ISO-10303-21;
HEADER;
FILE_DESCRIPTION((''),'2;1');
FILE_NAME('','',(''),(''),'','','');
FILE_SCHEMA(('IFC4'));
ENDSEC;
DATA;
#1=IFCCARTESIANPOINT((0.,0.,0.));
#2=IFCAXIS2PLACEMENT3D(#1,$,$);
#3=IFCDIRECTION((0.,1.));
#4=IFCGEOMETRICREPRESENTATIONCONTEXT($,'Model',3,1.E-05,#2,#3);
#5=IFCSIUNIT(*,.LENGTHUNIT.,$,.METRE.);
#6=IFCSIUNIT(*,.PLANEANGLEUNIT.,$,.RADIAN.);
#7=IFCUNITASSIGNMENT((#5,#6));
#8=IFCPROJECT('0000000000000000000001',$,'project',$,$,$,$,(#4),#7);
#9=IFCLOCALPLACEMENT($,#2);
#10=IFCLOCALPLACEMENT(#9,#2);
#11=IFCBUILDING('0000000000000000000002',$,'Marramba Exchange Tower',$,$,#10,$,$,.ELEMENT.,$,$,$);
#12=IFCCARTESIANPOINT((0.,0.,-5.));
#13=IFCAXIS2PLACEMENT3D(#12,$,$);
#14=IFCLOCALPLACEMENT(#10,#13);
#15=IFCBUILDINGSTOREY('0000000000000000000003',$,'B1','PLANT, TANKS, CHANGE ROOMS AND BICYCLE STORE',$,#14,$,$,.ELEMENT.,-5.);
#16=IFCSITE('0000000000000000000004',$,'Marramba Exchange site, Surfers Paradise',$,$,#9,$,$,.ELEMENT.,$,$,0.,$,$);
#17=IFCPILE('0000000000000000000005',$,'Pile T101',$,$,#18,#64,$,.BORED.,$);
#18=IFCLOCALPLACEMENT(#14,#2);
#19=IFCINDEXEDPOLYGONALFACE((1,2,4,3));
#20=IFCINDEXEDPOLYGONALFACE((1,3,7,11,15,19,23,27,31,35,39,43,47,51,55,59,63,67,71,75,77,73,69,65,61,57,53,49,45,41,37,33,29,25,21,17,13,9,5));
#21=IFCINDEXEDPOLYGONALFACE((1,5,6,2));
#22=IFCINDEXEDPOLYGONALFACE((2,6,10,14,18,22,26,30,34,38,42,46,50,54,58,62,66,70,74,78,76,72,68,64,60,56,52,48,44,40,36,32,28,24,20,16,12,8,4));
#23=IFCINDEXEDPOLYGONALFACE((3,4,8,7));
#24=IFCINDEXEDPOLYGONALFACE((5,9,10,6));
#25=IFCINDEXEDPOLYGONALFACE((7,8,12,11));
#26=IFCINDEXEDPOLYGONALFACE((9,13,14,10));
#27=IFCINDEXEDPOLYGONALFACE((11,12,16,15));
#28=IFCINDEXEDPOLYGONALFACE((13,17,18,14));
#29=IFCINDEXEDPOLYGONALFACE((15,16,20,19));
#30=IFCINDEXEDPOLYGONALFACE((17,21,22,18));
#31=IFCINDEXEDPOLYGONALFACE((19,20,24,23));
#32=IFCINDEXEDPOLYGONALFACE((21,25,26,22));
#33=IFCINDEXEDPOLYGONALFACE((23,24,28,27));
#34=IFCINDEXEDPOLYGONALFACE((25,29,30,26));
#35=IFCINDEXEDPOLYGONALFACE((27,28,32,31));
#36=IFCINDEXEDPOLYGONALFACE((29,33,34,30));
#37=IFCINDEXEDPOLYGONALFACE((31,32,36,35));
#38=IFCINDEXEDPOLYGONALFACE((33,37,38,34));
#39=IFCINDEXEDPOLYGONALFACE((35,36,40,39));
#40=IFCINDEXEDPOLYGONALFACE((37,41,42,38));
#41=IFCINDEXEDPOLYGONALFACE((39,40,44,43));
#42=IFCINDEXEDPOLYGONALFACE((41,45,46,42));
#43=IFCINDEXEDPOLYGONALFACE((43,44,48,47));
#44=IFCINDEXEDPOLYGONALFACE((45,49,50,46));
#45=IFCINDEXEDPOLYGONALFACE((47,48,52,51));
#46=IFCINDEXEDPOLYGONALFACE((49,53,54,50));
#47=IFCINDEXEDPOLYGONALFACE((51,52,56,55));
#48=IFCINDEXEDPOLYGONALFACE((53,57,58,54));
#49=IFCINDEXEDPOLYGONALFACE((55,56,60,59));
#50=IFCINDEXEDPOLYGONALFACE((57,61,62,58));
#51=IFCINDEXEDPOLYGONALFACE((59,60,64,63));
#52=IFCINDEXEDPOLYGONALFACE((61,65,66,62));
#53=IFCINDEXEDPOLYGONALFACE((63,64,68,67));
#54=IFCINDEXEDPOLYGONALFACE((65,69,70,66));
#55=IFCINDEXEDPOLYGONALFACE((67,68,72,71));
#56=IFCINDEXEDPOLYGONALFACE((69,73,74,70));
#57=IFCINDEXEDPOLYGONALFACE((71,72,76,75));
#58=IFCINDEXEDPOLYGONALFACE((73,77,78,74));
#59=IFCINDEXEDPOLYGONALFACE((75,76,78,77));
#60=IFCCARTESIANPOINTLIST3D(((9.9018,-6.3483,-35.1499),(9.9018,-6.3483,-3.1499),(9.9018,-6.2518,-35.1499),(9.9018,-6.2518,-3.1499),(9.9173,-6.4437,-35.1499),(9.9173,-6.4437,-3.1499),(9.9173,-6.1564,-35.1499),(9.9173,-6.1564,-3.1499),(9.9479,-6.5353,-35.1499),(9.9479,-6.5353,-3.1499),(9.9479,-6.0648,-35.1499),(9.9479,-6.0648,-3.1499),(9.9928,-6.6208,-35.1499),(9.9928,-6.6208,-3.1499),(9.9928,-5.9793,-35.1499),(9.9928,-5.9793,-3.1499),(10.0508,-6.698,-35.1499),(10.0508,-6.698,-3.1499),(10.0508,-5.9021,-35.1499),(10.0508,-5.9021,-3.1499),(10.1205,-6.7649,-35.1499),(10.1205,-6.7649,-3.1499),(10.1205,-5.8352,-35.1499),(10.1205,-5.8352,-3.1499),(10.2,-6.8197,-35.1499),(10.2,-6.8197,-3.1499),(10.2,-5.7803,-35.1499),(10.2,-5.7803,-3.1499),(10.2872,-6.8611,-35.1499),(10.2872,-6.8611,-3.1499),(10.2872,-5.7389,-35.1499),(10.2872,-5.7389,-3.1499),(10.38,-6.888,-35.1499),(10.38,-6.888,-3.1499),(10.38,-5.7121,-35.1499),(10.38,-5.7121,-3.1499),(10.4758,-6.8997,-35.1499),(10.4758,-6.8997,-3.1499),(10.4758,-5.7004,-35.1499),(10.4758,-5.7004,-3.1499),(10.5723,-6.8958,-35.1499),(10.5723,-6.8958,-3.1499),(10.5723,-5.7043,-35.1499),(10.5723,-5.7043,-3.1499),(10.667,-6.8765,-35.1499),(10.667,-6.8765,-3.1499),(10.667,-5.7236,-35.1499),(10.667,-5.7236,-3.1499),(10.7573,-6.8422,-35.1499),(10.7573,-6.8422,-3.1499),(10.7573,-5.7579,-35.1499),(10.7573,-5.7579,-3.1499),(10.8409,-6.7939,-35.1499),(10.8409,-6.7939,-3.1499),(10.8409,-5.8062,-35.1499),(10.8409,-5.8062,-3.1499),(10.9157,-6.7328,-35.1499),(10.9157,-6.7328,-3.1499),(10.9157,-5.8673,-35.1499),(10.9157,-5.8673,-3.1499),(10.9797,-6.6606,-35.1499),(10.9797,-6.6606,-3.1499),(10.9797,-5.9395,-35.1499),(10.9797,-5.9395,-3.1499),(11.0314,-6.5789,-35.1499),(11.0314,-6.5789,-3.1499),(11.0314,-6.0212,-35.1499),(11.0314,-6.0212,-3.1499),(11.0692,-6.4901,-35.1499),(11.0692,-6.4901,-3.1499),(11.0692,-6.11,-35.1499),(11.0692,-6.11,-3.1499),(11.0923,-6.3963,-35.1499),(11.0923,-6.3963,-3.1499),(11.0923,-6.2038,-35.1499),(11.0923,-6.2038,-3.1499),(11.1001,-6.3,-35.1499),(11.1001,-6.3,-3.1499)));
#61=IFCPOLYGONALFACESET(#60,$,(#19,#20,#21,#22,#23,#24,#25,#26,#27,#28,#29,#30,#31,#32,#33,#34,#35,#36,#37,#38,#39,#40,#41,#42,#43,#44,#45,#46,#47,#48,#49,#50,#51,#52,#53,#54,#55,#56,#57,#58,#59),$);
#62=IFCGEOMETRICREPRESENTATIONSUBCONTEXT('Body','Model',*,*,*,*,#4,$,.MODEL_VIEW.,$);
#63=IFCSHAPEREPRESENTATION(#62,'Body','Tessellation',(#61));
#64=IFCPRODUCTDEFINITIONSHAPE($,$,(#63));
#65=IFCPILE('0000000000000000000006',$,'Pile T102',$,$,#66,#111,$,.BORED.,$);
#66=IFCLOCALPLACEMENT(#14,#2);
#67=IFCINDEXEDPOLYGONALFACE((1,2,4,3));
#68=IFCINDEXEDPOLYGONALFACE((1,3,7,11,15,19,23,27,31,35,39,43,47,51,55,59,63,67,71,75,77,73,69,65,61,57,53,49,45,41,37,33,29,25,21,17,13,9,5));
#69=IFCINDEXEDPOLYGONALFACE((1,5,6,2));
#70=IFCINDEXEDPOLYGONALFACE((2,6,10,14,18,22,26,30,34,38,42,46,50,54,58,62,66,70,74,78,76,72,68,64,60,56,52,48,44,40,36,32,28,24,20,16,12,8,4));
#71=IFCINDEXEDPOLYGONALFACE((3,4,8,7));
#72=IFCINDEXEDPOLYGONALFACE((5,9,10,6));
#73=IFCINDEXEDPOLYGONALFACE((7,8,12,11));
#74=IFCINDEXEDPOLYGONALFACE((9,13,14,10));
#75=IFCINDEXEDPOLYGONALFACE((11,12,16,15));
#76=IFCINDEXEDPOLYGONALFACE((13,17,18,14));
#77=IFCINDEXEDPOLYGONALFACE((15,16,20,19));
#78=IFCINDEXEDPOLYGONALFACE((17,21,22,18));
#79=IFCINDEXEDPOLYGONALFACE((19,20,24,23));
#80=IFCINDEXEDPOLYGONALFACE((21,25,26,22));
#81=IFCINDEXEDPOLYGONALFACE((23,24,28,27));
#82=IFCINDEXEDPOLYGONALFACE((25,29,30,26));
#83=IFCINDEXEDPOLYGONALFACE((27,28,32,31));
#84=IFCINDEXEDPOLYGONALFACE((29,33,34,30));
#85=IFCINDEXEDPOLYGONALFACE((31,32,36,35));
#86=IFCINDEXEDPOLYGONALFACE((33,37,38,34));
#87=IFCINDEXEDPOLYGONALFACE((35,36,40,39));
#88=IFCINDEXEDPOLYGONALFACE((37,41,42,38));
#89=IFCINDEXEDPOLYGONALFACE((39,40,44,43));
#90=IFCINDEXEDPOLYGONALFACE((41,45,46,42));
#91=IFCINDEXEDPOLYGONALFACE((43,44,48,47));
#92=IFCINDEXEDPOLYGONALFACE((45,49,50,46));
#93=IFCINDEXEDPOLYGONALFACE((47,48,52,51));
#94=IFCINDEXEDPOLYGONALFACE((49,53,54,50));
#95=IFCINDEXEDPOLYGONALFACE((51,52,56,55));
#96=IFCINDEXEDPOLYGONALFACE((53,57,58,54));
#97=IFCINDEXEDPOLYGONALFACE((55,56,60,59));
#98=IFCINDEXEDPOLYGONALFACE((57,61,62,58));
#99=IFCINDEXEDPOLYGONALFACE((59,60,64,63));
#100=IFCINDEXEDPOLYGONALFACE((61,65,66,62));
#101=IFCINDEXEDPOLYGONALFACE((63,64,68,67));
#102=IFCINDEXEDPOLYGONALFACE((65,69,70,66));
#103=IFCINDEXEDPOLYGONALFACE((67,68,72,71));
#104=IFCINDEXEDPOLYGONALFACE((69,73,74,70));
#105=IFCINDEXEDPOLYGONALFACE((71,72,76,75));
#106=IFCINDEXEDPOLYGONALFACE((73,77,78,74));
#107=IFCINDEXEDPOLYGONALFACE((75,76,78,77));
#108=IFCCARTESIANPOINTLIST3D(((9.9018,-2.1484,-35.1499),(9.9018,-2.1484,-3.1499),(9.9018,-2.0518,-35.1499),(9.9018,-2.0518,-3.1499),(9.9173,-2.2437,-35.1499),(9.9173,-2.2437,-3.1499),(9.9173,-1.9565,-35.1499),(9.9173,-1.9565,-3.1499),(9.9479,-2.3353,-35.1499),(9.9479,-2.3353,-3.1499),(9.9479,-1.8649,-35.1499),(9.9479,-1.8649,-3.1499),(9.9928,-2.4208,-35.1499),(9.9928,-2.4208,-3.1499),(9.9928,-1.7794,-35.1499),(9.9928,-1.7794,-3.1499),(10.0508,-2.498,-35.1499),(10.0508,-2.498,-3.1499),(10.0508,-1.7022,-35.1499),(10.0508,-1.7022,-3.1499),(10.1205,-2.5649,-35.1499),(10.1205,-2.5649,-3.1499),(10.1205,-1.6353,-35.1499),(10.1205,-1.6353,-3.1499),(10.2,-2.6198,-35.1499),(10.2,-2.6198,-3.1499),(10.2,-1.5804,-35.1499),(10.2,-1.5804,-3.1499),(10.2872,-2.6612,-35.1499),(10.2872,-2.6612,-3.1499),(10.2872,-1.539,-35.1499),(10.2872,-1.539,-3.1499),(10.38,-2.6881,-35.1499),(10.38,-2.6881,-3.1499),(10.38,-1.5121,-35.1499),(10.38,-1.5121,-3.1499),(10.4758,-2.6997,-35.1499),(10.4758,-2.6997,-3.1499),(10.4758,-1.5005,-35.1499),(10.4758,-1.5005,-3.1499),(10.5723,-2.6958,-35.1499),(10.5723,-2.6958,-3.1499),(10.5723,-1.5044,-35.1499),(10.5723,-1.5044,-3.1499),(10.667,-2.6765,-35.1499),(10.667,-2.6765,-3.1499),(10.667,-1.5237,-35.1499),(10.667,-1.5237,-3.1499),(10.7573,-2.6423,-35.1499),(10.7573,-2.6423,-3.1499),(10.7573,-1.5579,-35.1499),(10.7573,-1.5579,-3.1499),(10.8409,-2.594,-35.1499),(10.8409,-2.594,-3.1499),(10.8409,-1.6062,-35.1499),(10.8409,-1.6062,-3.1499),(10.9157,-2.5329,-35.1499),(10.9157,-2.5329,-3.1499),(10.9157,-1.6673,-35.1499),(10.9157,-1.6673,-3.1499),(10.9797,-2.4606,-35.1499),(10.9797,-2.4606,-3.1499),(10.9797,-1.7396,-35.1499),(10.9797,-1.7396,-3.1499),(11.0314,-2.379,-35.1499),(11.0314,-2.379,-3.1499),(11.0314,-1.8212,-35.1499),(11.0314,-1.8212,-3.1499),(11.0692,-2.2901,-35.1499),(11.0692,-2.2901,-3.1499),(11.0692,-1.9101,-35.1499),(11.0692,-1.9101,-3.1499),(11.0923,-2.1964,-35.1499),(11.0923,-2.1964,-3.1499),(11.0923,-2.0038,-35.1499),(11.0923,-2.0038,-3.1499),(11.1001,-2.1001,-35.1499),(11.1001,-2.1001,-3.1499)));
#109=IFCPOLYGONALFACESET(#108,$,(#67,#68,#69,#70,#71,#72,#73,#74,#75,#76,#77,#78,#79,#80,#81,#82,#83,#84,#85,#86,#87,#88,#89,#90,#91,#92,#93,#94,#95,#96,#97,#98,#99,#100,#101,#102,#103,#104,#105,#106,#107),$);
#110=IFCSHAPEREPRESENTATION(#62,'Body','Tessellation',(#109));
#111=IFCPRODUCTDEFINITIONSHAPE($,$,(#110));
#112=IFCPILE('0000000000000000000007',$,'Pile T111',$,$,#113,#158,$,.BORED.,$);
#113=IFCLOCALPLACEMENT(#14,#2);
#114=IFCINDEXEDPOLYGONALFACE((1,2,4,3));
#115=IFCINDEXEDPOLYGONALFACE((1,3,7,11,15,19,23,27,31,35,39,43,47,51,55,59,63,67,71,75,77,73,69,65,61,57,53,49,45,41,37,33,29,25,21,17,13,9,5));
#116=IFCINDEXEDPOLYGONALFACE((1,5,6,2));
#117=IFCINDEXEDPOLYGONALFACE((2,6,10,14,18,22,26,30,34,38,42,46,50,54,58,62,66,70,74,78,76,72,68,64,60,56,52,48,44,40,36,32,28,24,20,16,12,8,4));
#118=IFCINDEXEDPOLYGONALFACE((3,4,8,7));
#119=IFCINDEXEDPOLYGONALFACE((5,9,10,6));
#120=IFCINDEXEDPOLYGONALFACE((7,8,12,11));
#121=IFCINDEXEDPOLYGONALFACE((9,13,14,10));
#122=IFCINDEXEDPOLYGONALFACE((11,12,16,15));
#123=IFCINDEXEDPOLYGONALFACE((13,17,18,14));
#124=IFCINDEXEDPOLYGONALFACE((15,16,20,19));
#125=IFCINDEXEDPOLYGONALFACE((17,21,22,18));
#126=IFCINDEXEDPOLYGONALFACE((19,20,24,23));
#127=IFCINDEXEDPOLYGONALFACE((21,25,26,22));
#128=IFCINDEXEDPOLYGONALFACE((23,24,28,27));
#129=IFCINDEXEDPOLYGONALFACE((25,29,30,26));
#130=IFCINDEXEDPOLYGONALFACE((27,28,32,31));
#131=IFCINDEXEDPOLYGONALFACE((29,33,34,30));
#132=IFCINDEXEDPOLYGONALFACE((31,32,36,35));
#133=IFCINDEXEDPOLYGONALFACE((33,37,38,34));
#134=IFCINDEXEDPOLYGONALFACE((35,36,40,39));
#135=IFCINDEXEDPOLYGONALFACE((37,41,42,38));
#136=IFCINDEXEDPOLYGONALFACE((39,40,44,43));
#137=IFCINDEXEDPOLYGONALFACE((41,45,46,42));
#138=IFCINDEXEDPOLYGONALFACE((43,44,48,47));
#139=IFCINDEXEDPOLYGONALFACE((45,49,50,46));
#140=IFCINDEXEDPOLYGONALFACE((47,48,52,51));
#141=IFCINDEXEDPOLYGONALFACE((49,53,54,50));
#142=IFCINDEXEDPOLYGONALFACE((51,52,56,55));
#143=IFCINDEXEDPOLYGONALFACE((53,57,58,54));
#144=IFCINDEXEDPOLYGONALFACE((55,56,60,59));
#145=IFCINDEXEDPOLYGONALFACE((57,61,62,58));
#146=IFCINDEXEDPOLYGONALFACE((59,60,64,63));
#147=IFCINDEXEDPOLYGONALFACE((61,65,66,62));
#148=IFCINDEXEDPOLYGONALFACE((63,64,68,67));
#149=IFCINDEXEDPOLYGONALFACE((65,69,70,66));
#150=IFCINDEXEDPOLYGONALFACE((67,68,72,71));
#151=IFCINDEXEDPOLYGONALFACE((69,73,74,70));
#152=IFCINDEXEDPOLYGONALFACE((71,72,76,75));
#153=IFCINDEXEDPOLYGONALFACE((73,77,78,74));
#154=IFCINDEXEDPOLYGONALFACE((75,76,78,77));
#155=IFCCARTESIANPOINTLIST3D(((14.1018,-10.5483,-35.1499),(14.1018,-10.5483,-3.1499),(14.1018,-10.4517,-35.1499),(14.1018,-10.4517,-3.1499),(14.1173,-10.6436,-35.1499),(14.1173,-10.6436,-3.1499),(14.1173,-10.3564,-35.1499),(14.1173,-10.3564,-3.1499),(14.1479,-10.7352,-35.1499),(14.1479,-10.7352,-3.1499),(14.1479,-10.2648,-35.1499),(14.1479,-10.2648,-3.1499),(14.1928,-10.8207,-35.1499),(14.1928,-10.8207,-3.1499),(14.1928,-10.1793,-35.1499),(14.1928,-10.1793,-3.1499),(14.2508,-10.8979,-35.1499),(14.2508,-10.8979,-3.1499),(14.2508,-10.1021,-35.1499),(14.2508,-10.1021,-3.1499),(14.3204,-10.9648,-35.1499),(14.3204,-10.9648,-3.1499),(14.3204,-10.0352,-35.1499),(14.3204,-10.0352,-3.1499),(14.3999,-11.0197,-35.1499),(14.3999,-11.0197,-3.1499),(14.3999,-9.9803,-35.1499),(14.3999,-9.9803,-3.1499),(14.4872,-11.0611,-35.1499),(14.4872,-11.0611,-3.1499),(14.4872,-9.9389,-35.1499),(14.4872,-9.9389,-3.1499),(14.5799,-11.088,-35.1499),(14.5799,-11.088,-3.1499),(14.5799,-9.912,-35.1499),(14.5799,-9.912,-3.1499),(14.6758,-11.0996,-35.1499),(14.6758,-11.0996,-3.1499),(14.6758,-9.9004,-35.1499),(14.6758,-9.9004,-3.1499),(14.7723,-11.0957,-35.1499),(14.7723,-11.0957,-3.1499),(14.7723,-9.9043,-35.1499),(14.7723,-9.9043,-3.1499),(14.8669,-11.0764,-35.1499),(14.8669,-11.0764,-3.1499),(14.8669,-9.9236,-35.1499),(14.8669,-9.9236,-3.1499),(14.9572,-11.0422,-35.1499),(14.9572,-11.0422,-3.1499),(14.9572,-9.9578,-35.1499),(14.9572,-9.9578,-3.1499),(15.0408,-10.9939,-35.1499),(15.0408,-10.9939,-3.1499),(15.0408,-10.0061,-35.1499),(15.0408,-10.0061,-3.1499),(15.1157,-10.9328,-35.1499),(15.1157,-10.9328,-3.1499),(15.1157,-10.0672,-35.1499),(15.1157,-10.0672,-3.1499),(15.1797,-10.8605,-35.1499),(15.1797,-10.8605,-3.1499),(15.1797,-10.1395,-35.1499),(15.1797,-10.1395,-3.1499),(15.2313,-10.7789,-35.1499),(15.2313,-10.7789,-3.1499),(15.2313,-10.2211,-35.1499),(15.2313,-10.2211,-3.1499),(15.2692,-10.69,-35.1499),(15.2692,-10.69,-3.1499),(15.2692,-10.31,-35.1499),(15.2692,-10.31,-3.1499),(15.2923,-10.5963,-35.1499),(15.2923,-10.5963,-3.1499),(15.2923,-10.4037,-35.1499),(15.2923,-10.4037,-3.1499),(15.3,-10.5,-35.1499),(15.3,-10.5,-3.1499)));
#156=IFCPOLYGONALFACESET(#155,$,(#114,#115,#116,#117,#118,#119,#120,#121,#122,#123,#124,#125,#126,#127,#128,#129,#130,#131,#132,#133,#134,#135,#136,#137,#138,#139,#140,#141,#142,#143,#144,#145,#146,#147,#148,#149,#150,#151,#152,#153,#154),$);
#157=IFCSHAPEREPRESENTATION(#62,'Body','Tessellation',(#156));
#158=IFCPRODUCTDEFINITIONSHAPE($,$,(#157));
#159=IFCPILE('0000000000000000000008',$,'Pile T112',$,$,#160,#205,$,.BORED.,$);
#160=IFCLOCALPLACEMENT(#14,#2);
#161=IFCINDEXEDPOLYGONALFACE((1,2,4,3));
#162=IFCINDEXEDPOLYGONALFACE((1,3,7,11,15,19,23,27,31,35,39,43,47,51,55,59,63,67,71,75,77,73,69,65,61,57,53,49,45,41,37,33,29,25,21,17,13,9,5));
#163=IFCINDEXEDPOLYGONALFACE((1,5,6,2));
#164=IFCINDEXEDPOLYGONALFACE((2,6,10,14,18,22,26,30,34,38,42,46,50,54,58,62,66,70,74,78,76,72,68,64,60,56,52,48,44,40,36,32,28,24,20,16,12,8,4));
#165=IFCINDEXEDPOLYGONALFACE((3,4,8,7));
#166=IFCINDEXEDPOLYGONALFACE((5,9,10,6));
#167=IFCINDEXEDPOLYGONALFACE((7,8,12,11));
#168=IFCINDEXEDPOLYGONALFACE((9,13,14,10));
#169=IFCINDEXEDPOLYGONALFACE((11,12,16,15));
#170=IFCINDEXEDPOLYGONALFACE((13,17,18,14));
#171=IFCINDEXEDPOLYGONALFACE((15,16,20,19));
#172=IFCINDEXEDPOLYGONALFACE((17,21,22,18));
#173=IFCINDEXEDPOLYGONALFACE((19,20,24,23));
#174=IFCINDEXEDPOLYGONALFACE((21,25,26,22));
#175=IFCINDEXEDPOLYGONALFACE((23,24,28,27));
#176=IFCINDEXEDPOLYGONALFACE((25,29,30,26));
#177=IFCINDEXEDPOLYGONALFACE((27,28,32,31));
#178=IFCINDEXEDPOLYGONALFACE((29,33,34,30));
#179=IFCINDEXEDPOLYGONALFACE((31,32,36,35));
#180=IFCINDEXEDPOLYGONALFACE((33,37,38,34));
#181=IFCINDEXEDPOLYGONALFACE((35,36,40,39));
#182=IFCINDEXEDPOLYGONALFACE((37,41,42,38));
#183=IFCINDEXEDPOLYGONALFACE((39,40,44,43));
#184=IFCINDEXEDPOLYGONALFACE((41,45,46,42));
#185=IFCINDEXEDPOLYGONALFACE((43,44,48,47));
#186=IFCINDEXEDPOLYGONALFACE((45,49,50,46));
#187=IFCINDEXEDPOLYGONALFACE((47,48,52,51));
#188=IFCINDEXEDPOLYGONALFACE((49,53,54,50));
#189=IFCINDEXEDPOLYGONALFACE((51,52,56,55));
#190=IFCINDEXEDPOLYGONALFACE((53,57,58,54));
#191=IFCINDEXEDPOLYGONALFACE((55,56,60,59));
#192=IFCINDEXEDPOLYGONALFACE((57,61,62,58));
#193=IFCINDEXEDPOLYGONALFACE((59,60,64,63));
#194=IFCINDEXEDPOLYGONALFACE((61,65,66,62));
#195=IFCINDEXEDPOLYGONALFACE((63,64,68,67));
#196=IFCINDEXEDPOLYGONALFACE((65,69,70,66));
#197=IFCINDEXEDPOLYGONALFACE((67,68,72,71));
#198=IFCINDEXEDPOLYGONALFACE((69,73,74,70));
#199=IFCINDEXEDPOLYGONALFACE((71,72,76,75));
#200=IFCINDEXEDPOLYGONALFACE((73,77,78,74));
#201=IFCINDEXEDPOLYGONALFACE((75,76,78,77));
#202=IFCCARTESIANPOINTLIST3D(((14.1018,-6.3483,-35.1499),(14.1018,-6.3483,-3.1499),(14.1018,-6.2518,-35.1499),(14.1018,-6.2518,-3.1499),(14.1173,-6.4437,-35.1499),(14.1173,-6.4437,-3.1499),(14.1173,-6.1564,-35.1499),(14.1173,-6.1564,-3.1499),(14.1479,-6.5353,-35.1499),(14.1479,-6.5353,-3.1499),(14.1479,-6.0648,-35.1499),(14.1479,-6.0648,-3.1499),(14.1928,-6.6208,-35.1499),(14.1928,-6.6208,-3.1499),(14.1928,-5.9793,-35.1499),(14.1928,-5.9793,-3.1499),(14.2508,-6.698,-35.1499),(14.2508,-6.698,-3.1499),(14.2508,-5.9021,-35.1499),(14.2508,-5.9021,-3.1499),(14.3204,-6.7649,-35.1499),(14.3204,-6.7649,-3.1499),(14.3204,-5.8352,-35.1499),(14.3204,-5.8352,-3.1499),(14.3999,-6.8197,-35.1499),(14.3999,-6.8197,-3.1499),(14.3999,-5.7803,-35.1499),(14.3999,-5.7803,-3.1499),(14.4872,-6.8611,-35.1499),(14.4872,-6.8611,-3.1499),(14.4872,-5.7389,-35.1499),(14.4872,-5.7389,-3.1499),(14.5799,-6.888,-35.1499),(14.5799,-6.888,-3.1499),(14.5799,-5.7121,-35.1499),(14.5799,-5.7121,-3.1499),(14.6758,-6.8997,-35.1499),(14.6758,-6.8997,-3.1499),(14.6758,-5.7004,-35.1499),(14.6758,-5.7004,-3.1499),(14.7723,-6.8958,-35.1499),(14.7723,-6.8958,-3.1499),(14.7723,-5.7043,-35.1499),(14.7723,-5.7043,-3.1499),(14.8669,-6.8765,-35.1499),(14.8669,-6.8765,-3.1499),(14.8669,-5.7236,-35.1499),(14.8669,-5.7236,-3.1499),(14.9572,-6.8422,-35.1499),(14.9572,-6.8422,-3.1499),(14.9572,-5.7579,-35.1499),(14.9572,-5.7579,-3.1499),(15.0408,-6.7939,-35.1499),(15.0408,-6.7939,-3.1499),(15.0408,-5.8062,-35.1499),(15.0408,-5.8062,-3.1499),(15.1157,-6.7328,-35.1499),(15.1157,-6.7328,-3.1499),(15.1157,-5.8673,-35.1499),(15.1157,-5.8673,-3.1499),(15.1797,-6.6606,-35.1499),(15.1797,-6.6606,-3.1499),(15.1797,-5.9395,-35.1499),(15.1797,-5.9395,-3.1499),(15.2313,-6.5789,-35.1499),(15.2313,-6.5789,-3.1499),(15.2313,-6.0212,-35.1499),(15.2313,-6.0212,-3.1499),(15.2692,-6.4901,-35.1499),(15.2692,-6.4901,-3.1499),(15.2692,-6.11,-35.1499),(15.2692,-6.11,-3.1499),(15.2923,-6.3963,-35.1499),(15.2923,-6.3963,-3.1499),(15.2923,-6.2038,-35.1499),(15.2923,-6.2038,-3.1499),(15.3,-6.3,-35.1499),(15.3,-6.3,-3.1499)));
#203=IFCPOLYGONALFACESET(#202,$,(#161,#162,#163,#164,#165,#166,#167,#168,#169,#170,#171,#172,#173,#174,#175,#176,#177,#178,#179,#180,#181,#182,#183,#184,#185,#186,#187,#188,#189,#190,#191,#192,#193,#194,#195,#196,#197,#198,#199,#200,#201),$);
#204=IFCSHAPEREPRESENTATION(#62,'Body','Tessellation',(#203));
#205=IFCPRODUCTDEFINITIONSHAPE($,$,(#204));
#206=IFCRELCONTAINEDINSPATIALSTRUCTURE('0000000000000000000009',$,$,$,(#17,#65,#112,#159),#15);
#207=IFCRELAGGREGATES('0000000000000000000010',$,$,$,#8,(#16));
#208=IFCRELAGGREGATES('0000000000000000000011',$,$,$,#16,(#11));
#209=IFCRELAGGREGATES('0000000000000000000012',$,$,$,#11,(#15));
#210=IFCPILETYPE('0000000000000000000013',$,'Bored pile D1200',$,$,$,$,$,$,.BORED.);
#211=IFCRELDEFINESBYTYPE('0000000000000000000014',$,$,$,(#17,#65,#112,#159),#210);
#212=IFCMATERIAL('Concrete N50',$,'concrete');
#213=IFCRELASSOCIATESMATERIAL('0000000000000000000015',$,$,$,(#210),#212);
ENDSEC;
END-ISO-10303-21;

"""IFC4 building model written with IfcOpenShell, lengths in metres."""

from ifc_helpers import new_model, si_unit, direction, frame, origin, origin_2d, place, context, subcontext, project, spatial, circle, extrude, material, material_profile, profile_set, type_object, element, save


model = new_model("IFC4")

# Units and contexts
model_context = context("Model", 3, precision=1e-05, world=origin(), true_north=direction((0.0, 1.0)))
body_context = subcontext(model_context, "Body", "Model", "MODEL_VIEW")
ifc_project = project(units=[si_unit("LENGTHUNIT", "METRE"), si_unit("PLANEANGLEUNIT", "RADIAN")], contexts=[model_context])

# Site, building, storey
site_placement = place(None, origin())
site = spatial("IfcSite", under=ifc_project, at=site_placement, Name="Marramba Exchange site, Surfers Paradise", CompositionType="ELEMENT", RefElevation=0.0)
building_placement = place(site_placement, origin())
building = spatial("IfcBuilding", under=site, at=building_placement, Name="Marramba Exchange Tower", CompositionType="ELEMENT")
storey_placement = place(building_placement, frame((0.0, 0.0, -5.0)))
storey = spatial("IfcBuildingStorey", under=building, at=storey_placement, Name="B1", Description="PLANT, TANKS, CHANGE ROOMS AND BICYCLE STORE", CompositionType="ELEMENT", Elevation=-5.0)

# Piles
ifc_material_1 = material(Name="Concrete N50", Category="concrete")
ifc_material_profile_1 = material_profile(ifc_material_1, circle(Radius=0.6001, at=origin_2d()), Name="BP D1200")
ifc_profile_set_1 = profile_set([ifc_material_profile_1], Name="Concrete N50")
pile_type = type_object("IfcPileType", Name="Bored pile D1200", PredefinedType="BORED", material=ifc_profile_set_1)
for number, where, z_axis, x_axis, name in (
    (1, (10.5, -6.3, -3.1499), (0.0, 0.0, -1.0), (1.0, 0.0, 0.0), "Pile T101"),
    (2, (10.5, -2.1001, -3.1499), (0.0, 0.0, -1.0), (1.0, 0.0, 0.0), "Pile T102"),
    (3, (14.7, -10.5, -3.1499), (0.0, 0.0, -1.0), (1.0, 0.0, 0.0), "Pile T111"),
    (4, (14.7, -6.3, -3.1499), (0.0, 0.0, -1.0), (1.0, 0.0, 0.0), "Pile T112"),
):
    element("IfcPile", number, at=place(storey_placement, frame(where, z_axis=z_axis, x_axis=x_axis)), inside=storey, type_object=pile_type, Name=name, PredefinedType="BORED", context=body_context, shape_type="SweptSolid", body=[
        extrude(circle(Radius=0.6001, at=origin_2d()), origin(), (0.0, 0.0, 1.0), 32.0),
    ])

save(model, "model.ifc")
